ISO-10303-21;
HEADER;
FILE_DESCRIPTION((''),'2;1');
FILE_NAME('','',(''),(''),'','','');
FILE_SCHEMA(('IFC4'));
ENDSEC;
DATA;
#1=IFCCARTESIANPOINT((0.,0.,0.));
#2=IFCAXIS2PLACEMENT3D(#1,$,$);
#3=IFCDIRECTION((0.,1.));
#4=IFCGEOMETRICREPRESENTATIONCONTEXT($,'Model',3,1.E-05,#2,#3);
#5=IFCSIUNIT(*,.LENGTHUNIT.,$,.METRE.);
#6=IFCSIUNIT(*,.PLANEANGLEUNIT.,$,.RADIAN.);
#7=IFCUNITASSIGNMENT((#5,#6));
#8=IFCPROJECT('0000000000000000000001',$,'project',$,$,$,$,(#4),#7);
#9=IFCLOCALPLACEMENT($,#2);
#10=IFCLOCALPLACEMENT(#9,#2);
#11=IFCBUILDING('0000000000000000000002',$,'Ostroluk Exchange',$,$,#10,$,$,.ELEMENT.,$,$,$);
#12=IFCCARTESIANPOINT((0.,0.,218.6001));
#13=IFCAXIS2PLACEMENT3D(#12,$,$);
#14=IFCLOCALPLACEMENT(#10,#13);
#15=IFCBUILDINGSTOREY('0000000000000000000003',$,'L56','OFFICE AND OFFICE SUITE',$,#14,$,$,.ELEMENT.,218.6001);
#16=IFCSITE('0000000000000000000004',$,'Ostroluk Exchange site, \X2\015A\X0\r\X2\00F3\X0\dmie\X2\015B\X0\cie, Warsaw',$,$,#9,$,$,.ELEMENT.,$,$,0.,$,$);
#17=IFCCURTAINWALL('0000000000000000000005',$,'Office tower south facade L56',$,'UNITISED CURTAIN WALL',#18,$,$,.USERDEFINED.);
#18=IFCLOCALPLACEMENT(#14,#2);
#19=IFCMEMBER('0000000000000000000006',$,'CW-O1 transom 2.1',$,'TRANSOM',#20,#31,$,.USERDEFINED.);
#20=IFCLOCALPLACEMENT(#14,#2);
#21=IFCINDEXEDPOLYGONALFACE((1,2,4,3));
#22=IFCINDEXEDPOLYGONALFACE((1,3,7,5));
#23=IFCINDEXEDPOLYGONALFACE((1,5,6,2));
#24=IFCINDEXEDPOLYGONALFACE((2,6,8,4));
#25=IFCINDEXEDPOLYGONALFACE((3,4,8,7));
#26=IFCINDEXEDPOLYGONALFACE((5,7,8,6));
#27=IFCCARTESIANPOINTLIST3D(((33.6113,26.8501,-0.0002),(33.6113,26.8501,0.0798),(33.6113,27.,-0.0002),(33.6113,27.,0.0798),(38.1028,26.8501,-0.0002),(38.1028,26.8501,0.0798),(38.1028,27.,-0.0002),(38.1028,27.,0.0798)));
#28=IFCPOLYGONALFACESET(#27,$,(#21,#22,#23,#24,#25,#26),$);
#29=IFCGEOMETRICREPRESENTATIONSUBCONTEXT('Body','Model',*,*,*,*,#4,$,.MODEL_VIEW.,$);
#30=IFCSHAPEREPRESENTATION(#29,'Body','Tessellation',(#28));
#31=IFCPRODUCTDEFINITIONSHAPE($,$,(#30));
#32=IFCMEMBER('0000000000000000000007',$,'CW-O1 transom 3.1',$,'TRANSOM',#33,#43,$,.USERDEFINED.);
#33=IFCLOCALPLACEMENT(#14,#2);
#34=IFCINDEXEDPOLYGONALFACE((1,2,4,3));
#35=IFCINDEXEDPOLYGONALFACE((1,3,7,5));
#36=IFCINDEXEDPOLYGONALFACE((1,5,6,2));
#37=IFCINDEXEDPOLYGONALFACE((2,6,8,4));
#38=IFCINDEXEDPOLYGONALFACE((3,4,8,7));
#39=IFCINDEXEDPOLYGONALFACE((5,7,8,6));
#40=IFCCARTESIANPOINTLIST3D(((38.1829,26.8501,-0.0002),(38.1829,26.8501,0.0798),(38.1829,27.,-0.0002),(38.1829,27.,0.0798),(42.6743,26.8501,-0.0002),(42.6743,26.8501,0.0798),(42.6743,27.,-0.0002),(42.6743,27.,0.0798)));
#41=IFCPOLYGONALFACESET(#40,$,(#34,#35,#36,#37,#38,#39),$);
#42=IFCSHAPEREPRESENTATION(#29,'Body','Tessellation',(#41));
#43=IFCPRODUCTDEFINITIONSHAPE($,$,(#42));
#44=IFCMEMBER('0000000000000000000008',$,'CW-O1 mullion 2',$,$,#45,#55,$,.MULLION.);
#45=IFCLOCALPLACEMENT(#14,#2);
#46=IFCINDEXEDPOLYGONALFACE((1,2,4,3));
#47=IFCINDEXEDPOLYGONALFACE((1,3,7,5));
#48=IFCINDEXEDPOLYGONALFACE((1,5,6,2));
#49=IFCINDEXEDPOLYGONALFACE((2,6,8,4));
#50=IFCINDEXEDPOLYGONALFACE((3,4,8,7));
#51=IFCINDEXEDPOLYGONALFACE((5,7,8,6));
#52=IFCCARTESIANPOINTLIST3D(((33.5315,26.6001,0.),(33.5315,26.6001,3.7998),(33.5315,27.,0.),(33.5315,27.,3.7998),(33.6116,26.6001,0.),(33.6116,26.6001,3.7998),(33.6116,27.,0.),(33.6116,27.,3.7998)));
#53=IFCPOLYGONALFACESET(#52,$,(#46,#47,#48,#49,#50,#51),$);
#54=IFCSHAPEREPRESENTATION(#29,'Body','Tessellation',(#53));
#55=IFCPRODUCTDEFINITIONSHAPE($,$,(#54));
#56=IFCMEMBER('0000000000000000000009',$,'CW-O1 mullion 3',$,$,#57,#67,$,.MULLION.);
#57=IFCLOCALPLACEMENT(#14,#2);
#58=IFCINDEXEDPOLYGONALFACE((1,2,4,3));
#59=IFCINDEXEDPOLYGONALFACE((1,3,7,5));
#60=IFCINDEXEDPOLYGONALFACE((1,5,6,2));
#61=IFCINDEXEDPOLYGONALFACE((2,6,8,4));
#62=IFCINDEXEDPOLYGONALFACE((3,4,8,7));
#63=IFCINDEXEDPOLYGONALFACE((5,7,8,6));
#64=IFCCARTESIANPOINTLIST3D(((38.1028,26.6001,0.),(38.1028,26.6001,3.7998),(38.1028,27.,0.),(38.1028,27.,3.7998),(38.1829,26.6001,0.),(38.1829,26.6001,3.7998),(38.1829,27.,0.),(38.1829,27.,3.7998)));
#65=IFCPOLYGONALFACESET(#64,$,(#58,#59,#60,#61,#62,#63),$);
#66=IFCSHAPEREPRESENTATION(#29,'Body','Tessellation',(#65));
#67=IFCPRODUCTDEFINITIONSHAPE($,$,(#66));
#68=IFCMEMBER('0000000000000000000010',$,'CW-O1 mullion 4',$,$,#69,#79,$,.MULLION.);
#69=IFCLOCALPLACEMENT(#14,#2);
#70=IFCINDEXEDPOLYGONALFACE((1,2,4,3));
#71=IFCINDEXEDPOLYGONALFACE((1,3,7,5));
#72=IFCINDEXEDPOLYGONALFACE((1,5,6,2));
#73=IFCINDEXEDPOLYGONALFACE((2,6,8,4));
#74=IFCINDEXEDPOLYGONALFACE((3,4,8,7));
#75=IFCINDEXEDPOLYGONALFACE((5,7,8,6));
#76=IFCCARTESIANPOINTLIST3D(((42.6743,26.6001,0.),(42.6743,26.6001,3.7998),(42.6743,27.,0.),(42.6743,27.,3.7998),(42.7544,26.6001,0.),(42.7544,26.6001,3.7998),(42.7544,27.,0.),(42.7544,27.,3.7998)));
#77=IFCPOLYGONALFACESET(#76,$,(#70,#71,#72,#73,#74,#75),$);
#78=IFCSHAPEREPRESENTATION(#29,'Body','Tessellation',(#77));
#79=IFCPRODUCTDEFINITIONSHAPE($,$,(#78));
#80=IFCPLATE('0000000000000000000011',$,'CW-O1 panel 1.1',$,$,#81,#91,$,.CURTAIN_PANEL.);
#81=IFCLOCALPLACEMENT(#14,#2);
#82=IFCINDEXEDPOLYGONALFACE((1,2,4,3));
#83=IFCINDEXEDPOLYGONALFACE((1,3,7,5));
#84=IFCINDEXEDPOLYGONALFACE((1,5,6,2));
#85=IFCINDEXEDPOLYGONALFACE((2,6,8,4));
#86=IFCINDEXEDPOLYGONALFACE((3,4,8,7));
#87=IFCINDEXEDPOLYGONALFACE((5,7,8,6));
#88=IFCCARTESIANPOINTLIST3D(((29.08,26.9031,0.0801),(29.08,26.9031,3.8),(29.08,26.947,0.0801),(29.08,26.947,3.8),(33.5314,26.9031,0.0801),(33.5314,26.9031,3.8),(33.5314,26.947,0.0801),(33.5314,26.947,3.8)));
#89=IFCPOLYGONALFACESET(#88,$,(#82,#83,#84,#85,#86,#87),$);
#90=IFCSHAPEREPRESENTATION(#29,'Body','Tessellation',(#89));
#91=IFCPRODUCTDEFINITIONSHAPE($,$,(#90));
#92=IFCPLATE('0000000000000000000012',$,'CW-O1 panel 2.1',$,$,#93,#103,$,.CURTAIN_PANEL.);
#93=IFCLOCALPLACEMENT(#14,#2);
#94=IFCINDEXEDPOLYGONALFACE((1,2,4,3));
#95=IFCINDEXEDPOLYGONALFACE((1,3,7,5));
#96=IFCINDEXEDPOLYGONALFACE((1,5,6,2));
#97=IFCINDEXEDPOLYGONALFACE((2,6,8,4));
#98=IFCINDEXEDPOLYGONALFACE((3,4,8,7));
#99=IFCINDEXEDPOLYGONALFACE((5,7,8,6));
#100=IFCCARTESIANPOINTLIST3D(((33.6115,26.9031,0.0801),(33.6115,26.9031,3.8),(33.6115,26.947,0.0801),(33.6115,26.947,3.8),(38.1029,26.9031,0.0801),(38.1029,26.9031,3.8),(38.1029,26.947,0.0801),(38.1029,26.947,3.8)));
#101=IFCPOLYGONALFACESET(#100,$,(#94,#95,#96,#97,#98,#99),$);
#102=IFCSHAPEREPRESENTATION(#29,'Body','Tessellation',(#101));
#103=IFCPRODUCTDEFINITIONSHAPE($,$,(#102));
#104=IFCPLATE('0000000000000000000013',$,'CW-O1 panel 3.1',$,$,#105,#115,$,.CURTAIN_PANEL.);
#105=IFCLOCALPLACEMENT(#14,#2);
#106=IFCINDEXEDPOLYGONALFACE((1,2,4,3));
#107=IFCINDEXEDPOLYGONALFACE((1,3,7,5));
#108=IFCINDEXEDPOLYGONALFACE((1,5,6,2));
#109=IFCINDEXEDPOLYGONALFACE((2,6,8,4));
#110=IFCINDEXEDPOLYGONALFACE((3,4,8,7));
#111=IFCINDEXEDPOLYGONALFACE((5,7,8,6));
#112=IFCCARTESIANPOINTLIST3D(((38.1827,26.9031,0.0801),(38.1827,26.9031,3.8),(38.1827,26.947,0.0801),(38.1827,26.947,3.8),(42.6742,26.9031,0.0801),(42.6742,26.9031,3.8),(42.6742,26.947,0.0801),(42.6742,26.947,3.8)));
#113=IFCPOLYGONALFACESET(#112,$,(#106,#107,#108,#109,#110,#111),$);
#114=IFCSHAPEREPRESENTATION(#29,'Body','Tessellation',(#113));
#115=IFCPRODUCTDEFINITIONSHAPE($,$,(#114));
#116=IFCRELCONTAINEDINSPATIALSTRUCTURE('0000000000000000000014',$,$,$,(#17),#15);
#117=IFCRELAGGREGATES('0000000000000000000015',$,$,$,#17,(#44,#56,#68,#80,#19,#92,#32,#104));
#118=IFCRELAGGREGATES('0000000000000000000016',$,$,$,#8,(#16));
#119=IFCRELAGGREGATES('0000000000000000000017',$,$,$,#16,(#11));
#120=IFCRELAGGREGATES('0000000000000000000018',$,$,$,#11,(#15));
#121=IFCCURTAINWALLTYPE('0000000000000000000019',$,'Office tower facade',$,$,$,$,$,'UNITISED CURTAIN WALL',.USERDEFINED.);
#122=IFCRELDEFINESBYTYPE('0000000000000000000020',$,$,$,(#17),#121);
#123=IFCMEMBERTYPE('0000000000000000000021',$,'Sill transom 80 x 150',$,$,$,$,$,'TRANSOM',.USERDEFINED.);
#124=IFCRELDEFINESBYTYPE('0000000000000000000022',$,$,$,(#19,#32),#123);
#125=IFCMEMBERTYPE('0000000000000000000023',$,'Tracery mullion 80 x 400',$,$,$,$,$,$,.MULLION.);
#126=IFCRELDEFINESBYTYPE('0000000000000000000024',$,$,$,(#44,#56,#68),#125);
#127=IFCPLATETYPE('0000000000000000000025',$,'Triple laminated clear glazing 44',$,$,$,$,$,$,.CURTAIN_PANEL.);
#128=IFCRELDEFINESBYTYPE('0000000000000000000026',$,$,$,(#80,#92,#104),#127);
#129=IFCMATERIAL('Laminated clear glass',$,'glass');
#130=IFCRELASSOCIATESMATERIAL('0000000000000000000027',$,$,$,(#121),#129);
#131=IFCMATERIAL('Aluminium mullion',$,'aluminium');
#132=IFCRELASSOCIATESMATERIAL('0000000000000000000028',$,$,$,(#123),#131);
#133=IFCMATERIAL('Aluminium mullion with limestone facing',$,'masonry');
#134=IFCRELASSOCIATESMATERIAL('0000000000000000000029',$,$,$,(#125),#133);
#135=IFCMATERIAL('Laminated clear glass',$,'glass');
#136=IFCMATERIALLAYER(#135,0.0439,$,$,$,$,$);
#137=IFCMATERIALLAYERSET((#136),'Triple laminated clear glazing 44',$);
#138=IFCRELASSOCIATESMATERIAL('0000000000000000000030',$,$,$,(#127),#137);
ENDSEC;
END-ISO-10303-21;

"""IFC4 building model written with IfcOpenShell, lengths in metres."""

from ifc_helpers import new_model, si_unit, direction, frame, origin, origin_2d, place, context, subcontext, project, spatial, rectangle, extrude, material, layer, layer_set, material_profile, profile_set, type_object, element, aggregate, save


model = new_model("IFC4")

# Units and contexts
model_context = context("Model", 3, precision=1e-05, world=origin(), true_north=direction((0.0, 1.0)))
body_context = subcontext(model_context, "Body", "Model", "MODEL_VIEW")
ifc_project = project(units=[si_unit("LENGTHUNIT", "METRE"), si_unit("PLANEANGLEUNIT", "RADIAN")], contexts=[model_context])

# Site, building, storey
site_placement = place(None, origin())
site = spatial("IfcSite", under=ifc_project, at=site_placement, Name="Ostroluk Exchange site, Śródmieście, Warsaw", CompositionType="ELEMENT", RefElevation=0.0)
building_placement = place(site_placement, origin())
building = spatial("IfcBuilding", under=site, at=building_placement, Name="Ostroluk Exchange", CompositionType="ELEMENT")
storey_placement = place(building_placement, frame((0.0, 0.0, 218.6001)))
storey = spatial("IfcBuildingStorey", under=building, at=storey_placement, Name="L56", Description="OFFICE AND OFFICE SUITE", CompositionType="ELEMENT", Elevation=218.6001)

# Curtain wall, members, plates
ifc_material_1 = material(Name="Laminated clear glass", Category="glass")
curtain_wall_type = type_object("IfcCurtainWallType", Name="Office tower facade", ElementType="UNITISED CURTAIN WALL", PredefinedType="USERDEFINED", material=ifc_material_1)
curtain_wall_placement = place(storey_placement, origin())
curtain_wall = element("IfcCurtainWall", 1, at=curtain_wall_placement, inside=storey, type_object=curtain_wall_type, Name="Office tower south facade L56", ObjectType="UNITISED CURTAIN WALL", PredefinedType="USERDEFINED")
ifc_material_2 = material(Name="Aluminium mullion", Category="aluminium")
ifc_material_profile_1 = material_profile(ifc_material_2, rectangle(XDim=0.1499, YDim=0.0801, at=origin_2d()), Name="Sill transom 80 x 150")
ifc_profile_set_1 = profile_set([ifc_material_profile_1], Name="Aluminium mullion")
member_type_1 = type_object("IfcMemberType", Name="Sill transom 80 x 150", ElementType="TRANSOM", PredefinedType="USERDEFINED", material=ifc_profile_set_1)
member_1_placement = place(storey_placement, frame((33.6113, 26.925, 0.0398), z_axis=(1.0, 0.0, 0.0), x_axis=(0.0, 1.0, 0.0)))
member_1 = element("IfcMember", 2, at=member_1_placement, type_object=member_type_1, Name="CW-O1 transom 2.1", ObjectType="TRANSOM", PredefinedType="USERDEFINED", context=body_context, shape_type="SweptSolid", body=[
    extrude(rectangle(XDim=0.1499, YDim=0.0801, at=origin_2d()), origin(), (0.0, 0.0, 1.0), 4.4915),
])
member_2_placement = place(storey_placement, frame((38.1829, 26.925, 0.0398), z_axis=(1.0, 0.0, 0.0), x_axis=(0.0, 1.0, 0.0)))
member_2 = element("IfcMember", 3, at=member_2_placement, type_object=member_type_1, Name="CW-O1 transom 3.1", ObjectType="TRANSOM", PredefinedType="USERDEFINED", context=body_context, shape_type="SweptSolid", body=[
    extrude(rectangle(XDim=0.1499, YDim=0.0801, at=origin_2d()), origin(), (0.0, 0.0, 1.0), 4.4915),
])
ifc_material_3 = material(Name="Aluminium mullion with limestone facing", Category="masonry")
ifc_material_profile_2 = material_profile(ifc_material_3, rectangle(XDim=0.3999, YDim=0.0801, at=origin_2d()), Name="Tracery mullion 80 x 400")
ifc_profile_set_2 = profile_set([ifc_material_profile_2], Name="Aluminium mullion with limestone facing")
member_type_2 = type_object("IfcMemberType", Name="Tracery mullion 80 x 400", PredefinedType="MULLION", material=ifc_profile_set_2)
member_3_placement = place(storey_placement, frame((33.5715, 26.8, 0.0), z_axis=(0.0, 0.0, 1.0), x_axis=(0.0, 1.0, 0.0)))
member_3 = element("IfcMember", 4, at=member_3_placement, type_object=member_type_2, Name="CW-O1 mullion 2", PredefinedType="MULLION", context=body_context, shape_type="SweptSolid", body=[
    extrude(rectangle(XDim=0.3999, YDim=0.0801, at=origin_2d()), origin(), (0.0, 0.0, 1.0), 3.7998),
])
member_4_placement = place(storey_placement, frame((38.1428, 26.8, 0.0), z_axis=(0.0, 0.0, 1.0), x_axis=(0.0, 1.0, 0.0)))
member_4 = element("IfcMember", 5, at=member_4_placement, type_object=member_type_2, Name="CW-O1 mullion 3", PredefinedType="MULLION", context=body_context, shape_type="SweptSolid", body=[
    extrude(rectangle(XDim=0.3999, YDim=0.0801, at=origin_2d()), origin(), (0.0, 0.0, 1.0), 3.7998),
])
member_5_placement = place(storey_placement, frame((42.7144, 26.8, 0.0), z_axis=(0.0, 0.0, 1.0), x_axis=(0.0, 1.0, 0.0)))
member_5 = element("IfcMember", 6, at=member_5_placement, type_object=member_type_2, Name="CW-O1 mullion 4", PredefinedType="MULLION", context=body_context, shape_type="SweptSolid", body=[
    extrude(rectangle(XDim=0.3999, YDim=0.0801, at=origin_2d()), origin(), (0.0, 0.0, 1.0), 3.7998),
])
ifc_material_4 = material(Name="Laminated clear glass", Category="glass")
ifc_layer_1 = layer(ifc_material_4, 0.0439)
ifc_layer_set_1 = layer_set([ifc_layer_1], Name="Triple laminated clear glazing 44")
plate_type = type_object("IfcPlateType", Name="Triple laminated clear glazing 44", PredefinedType="CURTAIN_PANEL", material=ifc_layer_set_1)
plate_1_placement = place(storey_placement, frame((31.3057, 26.925, 0.0801), z_axis=(0.0, 0.0, 1.0), x_axis=(1.0, 0.0, 0.0)))
plate_1 = element("IfcPlate", 7, at=plate_1_placement, type_object=plate_type, Name="CW-O1 panel 1.1", PredefinedType="CURTAIN_PANEL", context=body_context, shape_type="SweptSolid", body=[
    extrude(rectangle(XDim=4.4514, YDim=0.0439, at=origin_2d()), origin(), (0.0, 0.0, 1.0), 3.72),
])
plate_2_placement = place(storey_placement, frame((35.8572, 26.925, 0.0801), z_axis=(0.0, 0.0, 1.0), x_axis=(1.0, 0.0, 0.0)))
plate_2 = element("IfcPlate", 8, at=plate_2_placement, type_object=plate_type, Name="CW-O1 panel 2.1", PredefinedType="CURTAIN_PANEL", context=body_context, shape_type="SweptSolid", body=[
    extrude(rectangle(XDim=4.4915, YDim=0.0439, at=origin_2d()), origin(), (0.0, 0.0, 1.0), 3.72),
])
plate_3_placement = place(storey_placement, frame((40.4285, 26.925, 0.0801), z_axis=(0.0, 0.0, 1.0), x_axis=(1.0, 0.0, 0.0)))
plate_3 = element("IfcPlate", 9, at=plate_3_placement, type_object=plate_type, Name="CW-O1 panel 3.1", PredefinedType="CURTAIN_PANEL", context=body_context, shape_type="SweptSolid", body=[
    extrude(rectangle(XDim=4.4915, YDim=0.0439, at=origin_2d()), origin(), (0.0, 0.0, 1.0), 3.72),
])
aggregate(curtain_wall, [member_3, member_4, member_5, plate_1, member_1, plate_2, member_2, plate_3])

save(model, "model.ifc")
